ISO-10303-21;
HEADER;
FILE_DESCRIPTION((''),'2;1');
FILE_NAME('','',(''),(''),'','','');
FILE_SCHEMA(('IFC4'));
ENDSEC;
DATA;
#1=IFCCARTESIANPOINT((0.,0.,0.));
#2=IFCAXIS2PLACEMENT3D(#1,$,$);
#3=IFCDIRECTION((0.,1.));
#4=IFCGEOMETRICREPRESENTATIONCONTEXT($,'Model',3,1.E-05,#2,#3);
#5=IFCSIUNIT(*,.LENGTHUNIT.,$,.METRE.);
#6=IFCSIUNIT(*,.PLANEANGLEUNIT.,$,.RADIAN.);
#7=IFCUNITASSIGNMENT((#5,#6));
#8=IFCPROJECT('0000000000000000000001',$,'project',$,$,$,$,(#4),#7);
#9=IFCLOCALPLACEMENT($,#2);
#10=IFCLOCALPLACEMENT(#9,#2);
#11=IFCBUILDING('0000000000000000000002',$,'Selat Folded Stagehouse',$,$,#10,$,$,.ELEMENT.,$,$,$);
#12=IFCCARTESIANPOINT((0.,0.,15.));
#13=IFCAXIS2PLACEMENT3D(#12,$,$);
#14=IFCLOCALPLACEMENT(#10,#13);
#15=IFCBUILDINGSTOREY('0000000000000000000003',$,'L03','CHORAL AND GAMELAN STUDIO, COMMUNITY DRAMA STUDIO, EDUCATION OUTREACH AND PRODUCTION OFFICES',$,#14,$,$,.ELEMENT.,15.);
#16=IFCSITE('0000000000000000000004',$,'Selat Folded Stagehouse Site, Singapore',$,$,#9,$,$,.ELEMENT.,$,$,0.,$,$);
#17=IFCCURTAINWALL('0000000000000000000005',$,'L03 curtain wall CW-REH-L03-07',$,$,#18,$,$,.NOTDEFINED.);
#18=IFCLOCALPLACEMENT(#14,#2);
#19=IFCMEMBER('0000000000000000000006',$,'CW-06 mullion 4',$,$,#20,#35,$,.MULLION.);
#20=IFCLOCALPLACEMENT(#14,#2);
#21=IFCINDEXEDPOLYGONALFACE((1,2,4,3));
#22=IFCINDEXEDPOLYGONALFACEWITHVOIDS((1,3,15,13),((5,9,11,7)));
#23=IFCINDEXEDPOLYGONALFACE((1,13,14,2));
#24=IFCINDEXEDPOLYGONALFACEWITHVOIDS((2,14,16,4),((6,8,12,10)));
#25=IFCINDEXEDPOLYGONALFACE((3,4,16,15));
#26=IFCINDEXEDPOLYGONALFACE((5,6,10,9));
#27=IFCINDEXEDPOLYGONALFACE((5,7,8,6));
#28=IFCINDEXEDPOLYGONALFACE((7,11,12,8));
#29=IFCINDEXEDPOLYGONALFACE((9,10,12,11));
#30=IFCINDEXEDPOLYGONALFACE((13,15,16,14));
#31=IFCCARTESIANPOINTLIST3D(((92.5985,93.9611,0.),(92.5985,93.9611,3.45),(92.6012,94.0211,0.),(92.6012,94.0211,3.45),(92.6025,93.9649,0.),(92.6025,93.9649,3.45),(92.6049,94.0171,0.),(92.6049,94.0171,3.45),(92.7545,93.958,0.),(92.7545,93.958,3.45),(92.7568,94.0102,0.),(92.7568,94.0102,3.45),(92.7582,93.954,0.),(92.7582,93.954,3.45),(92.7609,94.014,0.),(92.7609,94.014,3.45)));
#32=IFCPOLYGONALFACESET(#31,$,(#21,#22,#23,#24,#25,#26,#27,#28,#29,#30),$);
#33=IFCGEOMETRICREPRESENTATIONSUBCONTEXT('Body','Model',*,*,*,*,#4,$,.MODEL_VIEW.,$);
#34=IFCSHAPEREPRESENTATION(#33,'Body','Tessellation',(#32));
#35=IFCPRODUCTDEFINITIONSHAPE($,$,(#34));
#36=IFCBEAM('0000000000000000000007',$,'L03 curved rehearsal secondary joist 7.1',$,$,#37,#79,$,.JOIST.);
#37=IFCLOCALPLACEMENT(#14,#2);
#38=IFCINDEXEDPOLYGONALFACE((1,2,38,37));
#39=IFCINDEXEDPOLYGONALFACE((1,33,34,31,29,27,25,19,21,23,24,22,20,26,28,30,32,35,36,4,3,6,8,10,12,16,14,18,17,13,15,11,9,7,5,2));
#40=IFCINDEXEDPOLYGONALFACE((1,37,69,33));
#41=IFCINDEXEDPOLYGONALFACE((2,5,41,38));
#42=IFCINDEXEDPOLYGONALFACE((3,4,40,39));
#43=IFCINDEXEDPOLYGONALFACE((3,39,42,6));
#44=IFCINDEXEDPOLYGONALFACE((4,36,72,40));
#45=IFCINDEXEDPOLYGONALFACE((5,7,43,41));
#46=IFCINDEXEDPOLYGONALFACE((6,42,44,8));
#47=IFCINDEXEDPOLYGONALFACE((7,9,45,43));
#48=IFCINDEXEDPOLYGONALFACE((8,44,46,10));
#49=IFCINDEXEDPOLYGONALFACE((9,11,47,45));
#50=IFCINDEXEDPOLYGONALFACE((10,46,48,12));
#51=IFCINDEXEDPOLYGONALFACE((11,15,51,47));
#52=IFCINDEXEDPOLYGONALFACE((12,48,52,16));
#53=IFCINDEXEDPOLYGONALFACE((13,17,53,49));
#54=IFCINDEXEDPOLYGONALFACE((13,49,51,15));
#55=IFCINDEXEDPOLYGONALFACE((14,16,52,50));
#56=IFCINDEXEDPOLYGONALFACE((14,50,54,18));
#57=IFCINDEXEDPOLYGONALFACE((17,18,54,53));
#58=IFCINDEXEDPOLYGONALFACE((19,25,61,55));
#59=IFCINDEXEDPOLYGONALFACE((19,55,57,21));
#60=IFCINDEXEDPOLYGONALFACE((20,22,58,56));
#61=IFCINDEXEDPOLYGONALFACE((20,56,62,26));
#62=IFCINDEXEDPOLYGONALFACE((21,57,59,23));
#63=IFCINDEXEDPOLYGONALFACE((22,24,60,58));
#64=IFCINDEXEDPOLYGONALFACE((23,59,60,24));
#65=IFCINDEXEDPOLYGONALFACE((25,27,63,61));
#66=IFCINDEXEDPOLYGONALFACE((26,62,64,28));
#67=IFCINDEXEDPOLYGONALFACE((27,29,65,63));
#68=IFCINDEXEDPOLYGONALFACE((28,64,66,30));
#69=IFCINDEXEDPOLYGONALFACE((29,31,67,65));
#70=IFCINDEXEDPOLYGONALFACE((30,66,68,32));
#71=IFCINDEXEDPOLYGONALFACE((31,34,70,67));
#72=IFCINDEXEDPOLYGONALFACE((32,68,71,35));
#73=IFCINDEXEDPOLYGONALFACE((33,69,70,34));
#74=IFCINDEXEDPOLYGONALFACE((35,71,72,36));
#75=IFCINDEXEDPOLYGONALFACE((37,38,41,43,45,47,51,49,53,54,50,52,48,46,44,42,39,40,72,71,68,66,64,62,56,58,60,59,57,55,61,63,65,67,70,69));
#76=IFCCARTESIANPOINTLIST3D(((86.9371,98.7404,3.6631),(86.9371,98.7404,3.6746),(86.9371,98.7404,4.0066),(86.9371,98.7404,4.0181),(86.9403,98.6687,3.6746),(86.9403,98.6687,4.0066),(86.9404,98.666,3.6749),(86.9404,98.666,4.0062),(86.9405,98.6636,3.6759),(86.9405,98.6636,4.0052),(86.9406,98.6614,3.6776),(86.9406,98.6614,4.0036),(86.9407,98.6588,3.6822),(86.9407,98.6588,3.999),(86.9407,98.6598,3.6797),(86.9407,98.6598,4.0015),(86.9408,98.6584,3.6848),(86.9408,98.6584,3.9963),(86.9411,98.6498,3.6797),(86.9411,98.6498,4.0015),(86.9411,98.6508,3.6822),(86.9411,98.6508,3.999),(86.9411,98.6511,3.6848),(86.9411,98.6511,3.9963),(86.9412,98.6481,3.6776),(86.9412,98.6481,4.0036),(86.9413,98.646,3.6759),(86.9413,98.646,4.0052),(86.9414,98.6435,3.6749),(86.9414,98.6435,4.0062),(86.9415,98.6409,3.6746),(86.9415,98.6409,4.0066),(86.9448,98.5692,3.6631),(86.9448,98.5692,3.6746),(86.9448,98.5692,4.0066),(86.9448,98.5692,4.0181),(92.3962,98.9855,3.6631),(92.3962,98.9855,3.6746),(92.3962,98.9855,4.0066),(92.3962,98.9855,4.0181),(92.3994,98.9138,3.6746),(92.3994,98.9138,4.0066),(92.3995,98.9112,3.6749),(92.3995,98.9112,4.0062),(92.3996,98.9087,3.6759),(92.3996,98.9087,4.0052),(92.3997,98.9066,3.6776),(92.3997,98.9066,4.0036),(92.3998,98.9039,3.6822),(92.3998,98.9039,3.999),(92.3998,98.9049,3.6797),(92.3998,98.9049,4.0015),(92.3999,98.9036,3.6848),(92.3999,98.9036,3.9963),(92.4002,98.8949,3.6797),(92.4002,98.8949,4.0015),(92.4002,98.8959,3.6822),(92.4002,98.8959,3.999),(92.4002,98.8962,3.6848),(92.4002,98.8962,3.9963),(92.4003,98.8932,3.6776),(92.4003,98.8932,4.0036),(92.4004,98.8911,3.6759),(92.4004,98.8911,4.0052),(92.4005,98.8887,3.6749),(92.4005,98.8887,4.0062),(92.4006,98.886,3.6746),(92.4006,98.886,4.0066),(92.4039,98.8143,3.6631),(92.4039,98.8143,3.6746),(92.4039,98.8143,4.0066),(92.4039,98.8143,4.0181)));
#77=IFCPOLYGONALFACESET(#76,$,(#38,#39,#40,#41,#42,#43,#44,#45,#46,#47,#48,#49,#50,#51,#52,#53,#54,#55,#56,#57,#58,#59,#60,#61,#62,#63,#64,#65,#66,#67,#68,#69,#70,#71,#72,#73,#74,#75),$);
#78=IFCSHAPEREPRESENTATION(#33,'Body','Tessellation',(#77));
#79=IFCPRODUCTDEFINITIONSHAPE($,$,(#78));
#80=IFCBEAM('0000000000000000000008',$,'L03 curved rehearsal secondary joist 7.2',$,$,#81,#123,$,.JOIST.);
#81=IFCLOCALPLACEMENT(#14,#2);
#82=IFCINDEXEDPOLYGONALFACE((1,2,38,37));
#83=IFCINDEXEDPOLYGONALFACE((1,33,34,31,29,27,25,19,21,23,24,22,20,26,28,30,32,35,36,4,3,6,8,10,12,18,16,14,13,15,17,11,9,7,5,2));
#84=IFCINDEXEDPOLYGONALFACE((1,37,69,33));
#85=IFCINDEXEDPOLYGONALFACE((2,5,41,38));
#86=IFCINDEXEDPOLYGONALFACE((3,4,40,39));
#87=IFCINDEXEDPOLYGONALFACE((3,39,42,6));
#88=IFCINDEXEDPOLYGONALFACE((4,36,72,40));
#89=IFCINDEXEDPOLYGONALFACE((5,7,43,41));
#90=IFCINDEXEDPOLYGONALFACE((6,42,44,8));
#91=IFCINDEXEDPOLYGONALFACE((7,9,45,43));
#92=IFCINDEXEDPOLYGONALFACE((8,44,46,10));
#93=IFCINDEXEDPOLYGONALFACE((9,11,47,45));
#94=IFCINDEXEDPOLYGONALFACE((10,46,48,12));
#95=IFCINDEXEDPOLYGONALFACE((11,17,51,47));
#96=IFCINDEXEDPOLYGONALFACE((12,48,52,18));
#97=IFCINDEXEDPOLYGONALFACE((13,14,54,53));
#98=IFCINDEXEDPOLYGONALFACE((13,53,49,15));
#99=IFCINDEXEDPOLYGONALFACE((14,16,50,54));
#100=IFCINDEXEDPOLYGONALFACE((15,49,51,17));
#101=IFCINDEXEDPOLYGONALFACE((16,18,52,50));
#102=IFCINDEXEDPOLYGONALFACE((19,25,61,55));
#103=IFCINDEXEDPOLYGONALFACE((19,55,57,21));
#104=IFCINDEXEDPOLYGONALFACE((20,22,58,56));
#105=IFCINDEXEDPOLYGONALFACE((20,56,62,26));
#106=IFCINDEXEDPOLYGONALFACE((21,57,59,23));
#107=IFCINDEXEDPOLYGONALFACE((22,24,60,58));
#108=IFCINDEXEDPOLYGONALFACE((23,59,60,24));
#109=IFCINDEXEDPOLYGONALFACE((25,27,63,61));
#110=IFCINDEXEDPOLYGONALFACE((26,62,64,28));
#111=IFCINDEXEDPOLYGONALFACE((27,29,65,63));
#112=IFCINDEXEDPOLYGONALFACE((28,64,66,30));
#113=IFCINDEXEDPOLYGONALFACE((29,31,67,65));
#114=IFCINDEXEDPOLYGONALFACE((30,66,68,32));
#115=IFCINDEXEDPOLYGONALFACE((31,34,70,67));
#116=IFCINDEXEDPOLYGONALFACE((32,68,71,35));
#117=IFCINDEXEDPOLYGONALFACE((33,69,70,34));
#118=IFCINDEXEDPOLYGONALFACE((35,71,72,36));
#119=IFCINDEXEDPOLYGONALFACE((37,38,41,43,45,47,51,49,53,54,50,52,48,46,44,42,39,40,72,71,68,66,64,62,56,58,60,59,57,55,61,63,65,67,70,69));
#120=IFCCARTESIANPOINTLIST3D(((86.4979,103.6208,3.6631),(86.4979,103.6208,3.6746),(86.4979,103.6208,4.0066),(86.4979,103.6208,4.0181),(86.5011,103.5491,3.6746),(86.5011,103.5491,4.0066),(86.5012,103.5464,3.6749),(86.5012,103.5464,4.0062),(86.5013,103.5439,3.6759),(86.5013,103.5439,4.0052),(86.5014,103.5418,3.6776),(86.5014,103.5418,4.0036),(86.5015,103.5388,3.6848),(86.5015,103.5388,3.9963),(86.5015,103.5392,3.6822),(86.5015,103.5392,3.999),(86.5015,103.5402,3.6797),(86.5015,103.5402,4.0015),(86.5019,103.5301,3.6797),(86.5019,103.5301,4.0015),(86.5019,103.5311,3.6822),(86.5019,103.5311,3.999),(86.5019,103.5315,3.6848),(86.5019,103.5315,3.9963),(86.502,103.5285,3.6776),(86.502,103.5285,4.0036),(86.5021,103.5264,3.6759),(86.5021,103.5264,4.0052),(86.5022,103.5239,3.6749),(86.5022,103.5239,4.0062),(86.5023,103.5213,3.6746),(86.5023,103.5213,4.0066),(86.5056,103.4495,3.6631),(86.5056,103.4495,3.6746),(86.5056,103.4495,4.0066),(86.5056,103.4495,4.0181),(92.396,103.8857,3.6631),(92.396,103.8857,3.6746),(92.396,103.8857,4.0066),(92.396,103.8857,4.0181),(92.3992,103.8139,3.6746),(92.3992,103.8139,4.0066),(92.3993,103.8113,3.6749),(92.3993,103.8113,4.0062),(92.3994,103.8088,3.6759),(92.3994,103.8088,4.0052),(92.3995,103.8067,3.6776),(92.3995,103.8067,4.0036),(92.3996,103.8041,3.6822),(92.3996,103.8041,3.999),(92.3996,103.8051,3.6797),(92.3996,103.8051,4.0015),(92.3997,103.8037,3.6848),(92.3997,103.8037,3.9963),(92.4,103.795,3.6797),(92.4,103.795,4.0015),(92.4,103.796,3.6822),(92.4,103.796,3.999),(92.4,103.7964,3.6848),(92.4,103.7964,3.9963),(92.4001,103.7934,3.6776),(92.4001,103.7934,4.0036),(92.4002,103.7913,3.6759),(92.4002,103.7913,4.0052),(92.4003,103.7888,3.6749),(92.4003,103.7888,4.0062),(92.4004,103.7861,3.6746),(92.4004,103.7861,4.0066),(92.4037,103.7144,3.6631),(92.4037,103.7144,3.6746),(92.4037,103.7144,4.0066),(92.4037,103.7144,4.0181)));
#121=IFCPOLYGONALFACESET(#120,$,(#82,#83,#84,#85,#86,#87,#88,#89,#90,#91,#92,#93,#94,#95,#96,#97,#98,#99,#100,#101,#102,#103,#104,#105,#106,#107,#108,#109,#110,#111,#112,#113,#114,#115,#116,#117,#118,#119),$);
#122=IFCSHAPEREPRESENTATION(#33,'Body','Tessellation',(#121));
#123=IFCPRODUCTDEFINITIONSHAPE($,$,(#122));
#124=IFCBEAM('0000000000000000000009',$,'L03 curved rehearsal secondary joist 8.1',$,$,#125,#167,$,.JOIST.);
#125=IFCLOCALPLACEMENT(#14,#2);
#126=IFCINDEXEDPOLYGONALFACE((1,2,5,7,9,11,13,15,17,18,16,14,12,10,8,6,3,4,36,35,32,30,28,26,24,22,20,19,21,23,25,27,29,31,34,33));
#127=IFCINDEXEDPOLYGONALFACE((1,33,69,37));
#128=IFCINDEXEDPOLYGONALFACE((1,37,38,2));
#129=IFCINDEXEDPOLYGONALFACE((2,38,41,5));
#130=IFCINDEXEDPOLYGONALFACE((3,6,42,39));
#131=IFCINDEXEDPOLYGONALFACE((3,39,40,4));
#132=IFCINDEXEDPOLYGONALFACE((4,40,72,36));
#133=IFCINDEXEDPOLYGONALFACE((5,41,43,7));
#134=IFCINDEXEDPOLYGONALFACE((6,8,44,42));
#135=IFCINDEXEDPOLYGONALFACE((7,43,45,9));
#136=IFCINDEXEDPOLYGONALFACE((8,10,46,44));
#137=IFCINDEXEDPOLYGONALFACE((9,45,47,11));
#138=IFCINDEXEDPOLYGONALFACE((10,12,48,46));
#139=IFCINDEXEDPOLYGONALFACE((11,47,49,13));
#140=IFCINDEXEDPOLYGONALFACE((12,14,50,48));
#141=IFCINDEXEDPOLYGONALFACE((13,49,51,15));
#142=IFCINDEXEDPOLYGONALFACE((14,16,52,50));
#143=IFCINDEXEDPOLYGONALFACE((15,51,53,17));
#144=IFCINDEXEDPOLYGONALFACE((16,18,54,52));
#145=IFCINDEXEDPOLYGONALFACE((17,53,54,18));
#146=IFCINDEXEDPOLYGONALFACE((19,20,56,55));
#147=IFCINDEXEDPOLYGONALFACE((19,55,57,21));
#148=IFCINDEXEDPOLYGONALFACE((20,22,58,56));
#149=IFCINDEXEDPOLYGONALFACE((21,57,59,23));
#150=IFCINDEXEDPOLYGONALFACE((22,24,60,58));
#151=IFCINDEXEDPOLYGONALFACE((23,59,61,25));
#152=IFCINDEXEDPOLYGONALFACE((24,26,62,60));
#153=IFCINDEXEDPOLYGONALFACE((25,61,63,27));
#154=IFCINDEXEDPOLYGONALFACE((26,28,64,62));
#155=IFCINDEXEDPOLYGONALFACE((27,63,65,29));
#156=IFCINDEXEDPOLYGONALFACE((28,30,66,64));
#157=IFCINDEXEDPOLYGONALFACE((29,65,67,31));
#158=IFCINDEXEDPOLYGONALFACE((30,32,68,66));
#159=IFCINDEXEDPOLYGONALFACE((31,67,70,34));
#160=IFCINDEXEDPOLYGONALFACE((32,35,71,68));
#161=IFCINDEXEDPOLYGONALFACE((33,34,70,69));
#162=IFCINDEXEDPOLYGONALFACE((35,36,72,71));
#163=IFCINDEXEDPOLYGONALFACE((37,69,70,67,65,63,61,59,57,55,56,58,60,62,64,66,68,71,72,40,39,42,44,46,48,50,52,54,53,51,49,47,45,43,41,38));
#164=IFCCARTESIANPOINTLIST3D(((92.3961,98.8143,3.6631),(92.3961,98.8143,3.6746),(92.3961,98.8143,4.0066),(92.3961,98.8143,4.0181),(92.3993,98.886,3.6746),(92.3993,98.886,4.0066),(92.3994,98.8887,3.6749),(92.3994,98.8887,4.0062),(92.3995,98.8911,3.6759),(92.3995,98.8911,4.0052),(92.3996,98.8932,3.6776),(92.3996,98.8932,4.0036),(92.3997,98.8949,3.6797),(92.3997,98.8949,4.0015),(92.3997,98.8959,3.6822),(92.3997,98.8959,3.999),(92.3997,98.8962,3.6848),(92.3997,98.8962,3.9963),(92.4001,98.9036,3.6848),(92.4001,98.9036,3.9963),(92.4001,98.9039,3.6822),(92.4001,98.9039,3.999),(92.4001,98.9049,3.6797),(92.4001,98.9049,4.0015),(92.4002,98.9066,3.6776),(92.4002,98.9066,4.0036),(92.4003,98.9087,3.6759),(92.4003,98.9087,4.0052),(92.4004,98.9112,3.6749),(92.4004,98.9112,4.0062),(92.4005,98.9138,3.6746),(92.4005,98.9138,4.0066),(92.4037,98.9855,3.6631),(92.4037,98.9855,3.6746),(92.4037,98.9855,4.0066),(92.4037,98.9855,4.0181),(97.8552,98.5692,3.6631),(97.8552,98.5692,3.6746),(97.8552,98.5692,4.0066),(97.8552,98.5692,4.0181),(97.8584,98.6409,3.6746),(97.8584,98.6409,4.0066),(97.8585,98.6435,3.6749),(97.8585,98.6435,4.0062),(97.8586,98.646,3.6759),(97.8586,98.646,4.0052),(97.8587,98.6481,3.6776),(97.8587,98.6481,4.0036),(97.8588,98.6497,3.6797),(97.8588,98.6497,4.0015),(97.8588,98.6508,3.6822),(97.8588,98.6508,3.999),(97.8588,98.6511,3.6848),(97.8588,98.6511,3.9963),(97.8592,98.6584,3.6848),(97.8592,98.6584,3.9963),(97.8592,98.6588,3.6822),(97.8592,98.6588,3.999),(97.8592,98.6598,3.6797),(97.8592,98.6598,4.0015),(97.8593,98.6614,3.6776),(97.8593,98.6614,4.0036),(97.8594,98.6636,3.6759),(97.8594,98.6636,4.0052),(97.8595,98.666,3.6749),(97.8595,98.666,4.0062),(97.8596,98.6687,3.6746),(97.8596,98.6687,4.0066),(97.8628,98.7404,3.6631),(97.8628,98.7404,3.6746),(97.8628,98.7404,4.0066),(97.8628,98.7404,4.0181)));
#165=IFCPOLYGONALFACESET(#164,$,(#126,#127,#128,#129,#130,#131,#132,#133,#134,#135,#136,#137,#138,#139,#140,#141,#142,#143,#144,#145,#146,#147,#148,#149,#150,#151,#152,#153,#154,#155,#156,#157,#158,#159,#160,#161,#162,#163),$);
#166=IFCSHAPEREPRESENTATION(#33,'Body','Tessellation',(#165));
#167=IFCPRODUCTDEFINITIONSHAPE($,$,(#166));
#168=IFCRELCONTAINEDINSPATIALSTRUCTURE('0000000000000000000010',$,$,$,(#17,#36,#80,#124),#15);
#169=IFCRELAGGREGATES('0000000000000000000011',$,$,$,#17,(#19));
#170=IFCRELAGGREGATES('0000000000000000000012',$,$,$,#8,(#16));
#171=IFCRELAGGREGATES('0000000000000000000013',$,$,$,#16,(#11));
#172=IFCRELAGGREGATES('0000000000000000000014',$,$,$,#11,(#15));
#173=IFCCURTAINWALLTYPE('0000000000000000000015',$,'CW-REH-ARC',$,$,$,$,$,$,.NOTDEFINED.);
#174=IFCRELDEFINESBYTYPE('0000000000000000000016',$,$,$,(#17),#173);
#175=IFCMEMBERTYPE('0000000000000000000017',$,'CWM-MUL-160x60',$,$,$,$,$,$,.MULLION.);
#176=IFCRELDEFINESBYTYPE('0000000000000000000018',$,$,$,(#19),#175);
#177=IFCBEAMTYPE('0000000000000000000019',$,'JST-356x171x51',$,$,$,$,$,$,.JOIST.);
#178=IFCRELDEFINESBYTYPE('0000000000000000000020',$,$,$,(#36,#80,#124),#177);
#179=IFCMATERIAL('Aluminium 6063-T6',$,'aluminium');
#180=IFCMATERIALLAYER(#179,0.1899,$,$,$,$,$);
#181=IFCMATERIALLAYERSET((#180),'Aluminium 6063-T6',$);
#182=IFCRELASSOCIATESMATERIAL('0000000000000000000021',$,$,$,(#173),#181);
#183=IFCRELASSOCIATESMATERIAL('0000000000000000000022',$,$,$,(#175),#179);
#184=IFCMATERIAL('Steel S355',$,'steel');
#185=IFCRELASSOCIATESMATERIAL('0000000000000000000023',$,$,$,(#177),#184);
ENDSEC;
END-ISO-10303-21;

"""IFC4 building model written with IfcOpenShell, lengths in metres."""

from ifc_helpers import new_model, si_unit, direction, frame, origin, origin_2d, place, context, subcontext, project, spatial, hollow_rectangle, i_section, extrude, material, layer, layer_set, material_profile, profile_set, type_object, element, aggregate, save


model = new_model("IFC4")

# Units and contexts
model_context = context("Model", 3, precision=1e-05, world=origin(), true_north=direction((0.0, 1.0)))
body_context = subcontext(model_context, "Body", "Model", "MODEL_VIEW")
ifc_project = project(units=[si_unit("LENGTHUNIT", "METRE"), si_unit("PLANEANGLEUNIT", "RADIAN")], contexts=[model_context])

# Site, building, storey
site_placement = place(None, origin())
site = spatial("IfcSite", under=ifc_project, at=site_placement, Name="Selat Folded Stagehouse Site, Singapore", CompositionType="ELEMENT", RefElevation=0.0)
building_placement = place(site_placement, origin())
building = spatial("IfcBuilding", under=site, at=building_placement, Name="Selat Folded Stagehouse", CompositionType="ELEMENT")
storey_placement = place(building_placement, frame((0.0, 0.0, 15.0)))
storey = spatial("IfcBuildingStorey", under=building, at=storey_placement, Name="L03", Description="CHORAL AND GAMELAN STUDIO, COMMUNITY DRAMA STUDIO, EDUCATION OUTREACH AND PRODUCTION OFFICES", CompositionType="ELEMENT", Elevation=15.0)

# Shared definitions
ifc_material_1 = material(Name="Steel S355", Category="steel")

# Curtain wall, member
ifc_material_2 = material(Name="Aluminium 6063-T6", Category="aluminium")
ifc_layer_1 = layer(ifc_material_2, 0.1899)
ifc_layer_set_1 = layer_set([ifc_layer_1], Name="Aluminium 6063-T6")
curtain_wall_type = type_object("IfcCurtainWallType", Name="CW-REH-ARC", PredefinedType="NOTDEFINED", material=ifc_layer_set_1)
curtain_wall_placement = place(storey_placement, origin())
curtain_wall = element("IfcCurtainWall", 1, at=curtain_wall_placement, inside=storey, type_object=curtain_wall_type, Name="L03 curtain wall CW-REH-L03-07", PredefinedType="NOTDEFINED")
ifc_material_profile_1 = material_profile(ifc_material_2, hollow_rectangle(XDim=0.0601, YDim=0.1599, WallThickness=0.0039, at=origin_2d()), Name="ALU 160x60x4.0")
ifc_profile_set_1 = profile_set([ifc_material_profile_1], Name="Aluminium 6063-T6")
member_type = type_object("IfcMemberType", Name="CWM-MUL-160x60", PredefinedType="MULLION", material=ifc_profile_set_1)
member_placement = place(storey_placement, frame((92.6797, 93.9875, 0.0), z_axis=(0.0, 0.0, 1.0), x_axis=(-0.044862, -0.998993, 0.0)))
member = element("IfcMember", 2, at=member_placement, type_object=member_type, Name="CW-06 mullion 4", PredefinedType="MULLION", context=body_context, shape_type="SweptSolid", body=[
    extrude(hollow_rectangle(XDim=0.0601, YDim=0.1599, WallThickness=0.0039, at=origin_2d()), origin(), (0.0, 0.0, 1.0), 3.45),
])
aggregate(curtain_wall, [member])

# Beams
ifc_material_profile_2 = material_profile(ifc_material_1, i_section(OverallWidth=0.1714, OverallDepth=0.355, WebThickness=0.0073, FlangeThickness=0.0115, FilletRadius=0.0103, at=origin_2d()), Name="UKB 356x171x51")
ifc_profile_set_2 = profile_set([ifc_material_profile_2], Name="Steel S355")
beam_type_1 = type_object("IfcBeamType", Name="JST-356x171x51", PredefinedType="JOIST", material=ifc_profile_set_2)
beam_1_placement = place(storey_placement, frame((86.9409, 98.6548, 3.8406), z_axis=(0.998993, 0.044856, 0.0), x_axis=(-0.044856, 0.998993, 0.0)))
element("IfcBeam", 3, at=beam_1_placement, inside=storey, type_object=beam_type_1, Name="L03 curved rehearsal secondary joist 7.1", PredefinedType="JOIST", context=body_context, shape_type="SweptSolid", body=[
    extrude(i_section(OverallWidth=0.1714, OverallDepth=0.355, WebThickness=0.0073, FlangeThickness=0.0115, FilletRadius=0.0103, at=origin_2d()), origin(), (0.0, 0.0, 1.0), 5.4646),
])
beam_2_placement = place(storey_placement, frame((86.5017, 103.5352, 3.8406), z_axis=(0.998993, 0.044866, 0.0), x_axis=(-0.044866, 0.998993, 0.0)))
element("IfcBeam", 4, at=beam_2_placement, inside=storey, type_object=beam_type_1, Name="L03 curved rehearsal secondary joist 7.2", PredefinedType="JOIST", context=body_context, shape_type="SweptSolid", body=[
    extrude(i_section(OverallWidth=0.1714, OverallDepth=0.355, WebThickness=0.0073, FlangeThickness=0.0115, FilletRadius=0.0103, at=origin_2d()), origin(), (0.0, 0.0, 1.0), 5.9041),
])
beam_3_placement = place(storey_placement, frame((92.3999, 98.8999, 3.8406), z_axis=(0.998993, -0.044856, 0.0), x_axis=(0.044856, 0.998993, 0.0)))
element("IfcBeam", 5, at=beam_3_placement, inside=storey, type_object=beam_type_1, Name="L03 curved rehearsal secondary joist 8.1", PredefinedType="JOIST", context=body_context, shape_type="SweptSolid", body=[
    extrude(i_section(OverallWidth=0.1714, OverallDepth=0.355, WebThickness=0.0073, FlangeThickness=0.0115, FilletRadius=0.0103, at=origin_2d()), origin(), (0.0, 0.0, 1.0), 5.4646),
])

save(model, "model.ifc")
